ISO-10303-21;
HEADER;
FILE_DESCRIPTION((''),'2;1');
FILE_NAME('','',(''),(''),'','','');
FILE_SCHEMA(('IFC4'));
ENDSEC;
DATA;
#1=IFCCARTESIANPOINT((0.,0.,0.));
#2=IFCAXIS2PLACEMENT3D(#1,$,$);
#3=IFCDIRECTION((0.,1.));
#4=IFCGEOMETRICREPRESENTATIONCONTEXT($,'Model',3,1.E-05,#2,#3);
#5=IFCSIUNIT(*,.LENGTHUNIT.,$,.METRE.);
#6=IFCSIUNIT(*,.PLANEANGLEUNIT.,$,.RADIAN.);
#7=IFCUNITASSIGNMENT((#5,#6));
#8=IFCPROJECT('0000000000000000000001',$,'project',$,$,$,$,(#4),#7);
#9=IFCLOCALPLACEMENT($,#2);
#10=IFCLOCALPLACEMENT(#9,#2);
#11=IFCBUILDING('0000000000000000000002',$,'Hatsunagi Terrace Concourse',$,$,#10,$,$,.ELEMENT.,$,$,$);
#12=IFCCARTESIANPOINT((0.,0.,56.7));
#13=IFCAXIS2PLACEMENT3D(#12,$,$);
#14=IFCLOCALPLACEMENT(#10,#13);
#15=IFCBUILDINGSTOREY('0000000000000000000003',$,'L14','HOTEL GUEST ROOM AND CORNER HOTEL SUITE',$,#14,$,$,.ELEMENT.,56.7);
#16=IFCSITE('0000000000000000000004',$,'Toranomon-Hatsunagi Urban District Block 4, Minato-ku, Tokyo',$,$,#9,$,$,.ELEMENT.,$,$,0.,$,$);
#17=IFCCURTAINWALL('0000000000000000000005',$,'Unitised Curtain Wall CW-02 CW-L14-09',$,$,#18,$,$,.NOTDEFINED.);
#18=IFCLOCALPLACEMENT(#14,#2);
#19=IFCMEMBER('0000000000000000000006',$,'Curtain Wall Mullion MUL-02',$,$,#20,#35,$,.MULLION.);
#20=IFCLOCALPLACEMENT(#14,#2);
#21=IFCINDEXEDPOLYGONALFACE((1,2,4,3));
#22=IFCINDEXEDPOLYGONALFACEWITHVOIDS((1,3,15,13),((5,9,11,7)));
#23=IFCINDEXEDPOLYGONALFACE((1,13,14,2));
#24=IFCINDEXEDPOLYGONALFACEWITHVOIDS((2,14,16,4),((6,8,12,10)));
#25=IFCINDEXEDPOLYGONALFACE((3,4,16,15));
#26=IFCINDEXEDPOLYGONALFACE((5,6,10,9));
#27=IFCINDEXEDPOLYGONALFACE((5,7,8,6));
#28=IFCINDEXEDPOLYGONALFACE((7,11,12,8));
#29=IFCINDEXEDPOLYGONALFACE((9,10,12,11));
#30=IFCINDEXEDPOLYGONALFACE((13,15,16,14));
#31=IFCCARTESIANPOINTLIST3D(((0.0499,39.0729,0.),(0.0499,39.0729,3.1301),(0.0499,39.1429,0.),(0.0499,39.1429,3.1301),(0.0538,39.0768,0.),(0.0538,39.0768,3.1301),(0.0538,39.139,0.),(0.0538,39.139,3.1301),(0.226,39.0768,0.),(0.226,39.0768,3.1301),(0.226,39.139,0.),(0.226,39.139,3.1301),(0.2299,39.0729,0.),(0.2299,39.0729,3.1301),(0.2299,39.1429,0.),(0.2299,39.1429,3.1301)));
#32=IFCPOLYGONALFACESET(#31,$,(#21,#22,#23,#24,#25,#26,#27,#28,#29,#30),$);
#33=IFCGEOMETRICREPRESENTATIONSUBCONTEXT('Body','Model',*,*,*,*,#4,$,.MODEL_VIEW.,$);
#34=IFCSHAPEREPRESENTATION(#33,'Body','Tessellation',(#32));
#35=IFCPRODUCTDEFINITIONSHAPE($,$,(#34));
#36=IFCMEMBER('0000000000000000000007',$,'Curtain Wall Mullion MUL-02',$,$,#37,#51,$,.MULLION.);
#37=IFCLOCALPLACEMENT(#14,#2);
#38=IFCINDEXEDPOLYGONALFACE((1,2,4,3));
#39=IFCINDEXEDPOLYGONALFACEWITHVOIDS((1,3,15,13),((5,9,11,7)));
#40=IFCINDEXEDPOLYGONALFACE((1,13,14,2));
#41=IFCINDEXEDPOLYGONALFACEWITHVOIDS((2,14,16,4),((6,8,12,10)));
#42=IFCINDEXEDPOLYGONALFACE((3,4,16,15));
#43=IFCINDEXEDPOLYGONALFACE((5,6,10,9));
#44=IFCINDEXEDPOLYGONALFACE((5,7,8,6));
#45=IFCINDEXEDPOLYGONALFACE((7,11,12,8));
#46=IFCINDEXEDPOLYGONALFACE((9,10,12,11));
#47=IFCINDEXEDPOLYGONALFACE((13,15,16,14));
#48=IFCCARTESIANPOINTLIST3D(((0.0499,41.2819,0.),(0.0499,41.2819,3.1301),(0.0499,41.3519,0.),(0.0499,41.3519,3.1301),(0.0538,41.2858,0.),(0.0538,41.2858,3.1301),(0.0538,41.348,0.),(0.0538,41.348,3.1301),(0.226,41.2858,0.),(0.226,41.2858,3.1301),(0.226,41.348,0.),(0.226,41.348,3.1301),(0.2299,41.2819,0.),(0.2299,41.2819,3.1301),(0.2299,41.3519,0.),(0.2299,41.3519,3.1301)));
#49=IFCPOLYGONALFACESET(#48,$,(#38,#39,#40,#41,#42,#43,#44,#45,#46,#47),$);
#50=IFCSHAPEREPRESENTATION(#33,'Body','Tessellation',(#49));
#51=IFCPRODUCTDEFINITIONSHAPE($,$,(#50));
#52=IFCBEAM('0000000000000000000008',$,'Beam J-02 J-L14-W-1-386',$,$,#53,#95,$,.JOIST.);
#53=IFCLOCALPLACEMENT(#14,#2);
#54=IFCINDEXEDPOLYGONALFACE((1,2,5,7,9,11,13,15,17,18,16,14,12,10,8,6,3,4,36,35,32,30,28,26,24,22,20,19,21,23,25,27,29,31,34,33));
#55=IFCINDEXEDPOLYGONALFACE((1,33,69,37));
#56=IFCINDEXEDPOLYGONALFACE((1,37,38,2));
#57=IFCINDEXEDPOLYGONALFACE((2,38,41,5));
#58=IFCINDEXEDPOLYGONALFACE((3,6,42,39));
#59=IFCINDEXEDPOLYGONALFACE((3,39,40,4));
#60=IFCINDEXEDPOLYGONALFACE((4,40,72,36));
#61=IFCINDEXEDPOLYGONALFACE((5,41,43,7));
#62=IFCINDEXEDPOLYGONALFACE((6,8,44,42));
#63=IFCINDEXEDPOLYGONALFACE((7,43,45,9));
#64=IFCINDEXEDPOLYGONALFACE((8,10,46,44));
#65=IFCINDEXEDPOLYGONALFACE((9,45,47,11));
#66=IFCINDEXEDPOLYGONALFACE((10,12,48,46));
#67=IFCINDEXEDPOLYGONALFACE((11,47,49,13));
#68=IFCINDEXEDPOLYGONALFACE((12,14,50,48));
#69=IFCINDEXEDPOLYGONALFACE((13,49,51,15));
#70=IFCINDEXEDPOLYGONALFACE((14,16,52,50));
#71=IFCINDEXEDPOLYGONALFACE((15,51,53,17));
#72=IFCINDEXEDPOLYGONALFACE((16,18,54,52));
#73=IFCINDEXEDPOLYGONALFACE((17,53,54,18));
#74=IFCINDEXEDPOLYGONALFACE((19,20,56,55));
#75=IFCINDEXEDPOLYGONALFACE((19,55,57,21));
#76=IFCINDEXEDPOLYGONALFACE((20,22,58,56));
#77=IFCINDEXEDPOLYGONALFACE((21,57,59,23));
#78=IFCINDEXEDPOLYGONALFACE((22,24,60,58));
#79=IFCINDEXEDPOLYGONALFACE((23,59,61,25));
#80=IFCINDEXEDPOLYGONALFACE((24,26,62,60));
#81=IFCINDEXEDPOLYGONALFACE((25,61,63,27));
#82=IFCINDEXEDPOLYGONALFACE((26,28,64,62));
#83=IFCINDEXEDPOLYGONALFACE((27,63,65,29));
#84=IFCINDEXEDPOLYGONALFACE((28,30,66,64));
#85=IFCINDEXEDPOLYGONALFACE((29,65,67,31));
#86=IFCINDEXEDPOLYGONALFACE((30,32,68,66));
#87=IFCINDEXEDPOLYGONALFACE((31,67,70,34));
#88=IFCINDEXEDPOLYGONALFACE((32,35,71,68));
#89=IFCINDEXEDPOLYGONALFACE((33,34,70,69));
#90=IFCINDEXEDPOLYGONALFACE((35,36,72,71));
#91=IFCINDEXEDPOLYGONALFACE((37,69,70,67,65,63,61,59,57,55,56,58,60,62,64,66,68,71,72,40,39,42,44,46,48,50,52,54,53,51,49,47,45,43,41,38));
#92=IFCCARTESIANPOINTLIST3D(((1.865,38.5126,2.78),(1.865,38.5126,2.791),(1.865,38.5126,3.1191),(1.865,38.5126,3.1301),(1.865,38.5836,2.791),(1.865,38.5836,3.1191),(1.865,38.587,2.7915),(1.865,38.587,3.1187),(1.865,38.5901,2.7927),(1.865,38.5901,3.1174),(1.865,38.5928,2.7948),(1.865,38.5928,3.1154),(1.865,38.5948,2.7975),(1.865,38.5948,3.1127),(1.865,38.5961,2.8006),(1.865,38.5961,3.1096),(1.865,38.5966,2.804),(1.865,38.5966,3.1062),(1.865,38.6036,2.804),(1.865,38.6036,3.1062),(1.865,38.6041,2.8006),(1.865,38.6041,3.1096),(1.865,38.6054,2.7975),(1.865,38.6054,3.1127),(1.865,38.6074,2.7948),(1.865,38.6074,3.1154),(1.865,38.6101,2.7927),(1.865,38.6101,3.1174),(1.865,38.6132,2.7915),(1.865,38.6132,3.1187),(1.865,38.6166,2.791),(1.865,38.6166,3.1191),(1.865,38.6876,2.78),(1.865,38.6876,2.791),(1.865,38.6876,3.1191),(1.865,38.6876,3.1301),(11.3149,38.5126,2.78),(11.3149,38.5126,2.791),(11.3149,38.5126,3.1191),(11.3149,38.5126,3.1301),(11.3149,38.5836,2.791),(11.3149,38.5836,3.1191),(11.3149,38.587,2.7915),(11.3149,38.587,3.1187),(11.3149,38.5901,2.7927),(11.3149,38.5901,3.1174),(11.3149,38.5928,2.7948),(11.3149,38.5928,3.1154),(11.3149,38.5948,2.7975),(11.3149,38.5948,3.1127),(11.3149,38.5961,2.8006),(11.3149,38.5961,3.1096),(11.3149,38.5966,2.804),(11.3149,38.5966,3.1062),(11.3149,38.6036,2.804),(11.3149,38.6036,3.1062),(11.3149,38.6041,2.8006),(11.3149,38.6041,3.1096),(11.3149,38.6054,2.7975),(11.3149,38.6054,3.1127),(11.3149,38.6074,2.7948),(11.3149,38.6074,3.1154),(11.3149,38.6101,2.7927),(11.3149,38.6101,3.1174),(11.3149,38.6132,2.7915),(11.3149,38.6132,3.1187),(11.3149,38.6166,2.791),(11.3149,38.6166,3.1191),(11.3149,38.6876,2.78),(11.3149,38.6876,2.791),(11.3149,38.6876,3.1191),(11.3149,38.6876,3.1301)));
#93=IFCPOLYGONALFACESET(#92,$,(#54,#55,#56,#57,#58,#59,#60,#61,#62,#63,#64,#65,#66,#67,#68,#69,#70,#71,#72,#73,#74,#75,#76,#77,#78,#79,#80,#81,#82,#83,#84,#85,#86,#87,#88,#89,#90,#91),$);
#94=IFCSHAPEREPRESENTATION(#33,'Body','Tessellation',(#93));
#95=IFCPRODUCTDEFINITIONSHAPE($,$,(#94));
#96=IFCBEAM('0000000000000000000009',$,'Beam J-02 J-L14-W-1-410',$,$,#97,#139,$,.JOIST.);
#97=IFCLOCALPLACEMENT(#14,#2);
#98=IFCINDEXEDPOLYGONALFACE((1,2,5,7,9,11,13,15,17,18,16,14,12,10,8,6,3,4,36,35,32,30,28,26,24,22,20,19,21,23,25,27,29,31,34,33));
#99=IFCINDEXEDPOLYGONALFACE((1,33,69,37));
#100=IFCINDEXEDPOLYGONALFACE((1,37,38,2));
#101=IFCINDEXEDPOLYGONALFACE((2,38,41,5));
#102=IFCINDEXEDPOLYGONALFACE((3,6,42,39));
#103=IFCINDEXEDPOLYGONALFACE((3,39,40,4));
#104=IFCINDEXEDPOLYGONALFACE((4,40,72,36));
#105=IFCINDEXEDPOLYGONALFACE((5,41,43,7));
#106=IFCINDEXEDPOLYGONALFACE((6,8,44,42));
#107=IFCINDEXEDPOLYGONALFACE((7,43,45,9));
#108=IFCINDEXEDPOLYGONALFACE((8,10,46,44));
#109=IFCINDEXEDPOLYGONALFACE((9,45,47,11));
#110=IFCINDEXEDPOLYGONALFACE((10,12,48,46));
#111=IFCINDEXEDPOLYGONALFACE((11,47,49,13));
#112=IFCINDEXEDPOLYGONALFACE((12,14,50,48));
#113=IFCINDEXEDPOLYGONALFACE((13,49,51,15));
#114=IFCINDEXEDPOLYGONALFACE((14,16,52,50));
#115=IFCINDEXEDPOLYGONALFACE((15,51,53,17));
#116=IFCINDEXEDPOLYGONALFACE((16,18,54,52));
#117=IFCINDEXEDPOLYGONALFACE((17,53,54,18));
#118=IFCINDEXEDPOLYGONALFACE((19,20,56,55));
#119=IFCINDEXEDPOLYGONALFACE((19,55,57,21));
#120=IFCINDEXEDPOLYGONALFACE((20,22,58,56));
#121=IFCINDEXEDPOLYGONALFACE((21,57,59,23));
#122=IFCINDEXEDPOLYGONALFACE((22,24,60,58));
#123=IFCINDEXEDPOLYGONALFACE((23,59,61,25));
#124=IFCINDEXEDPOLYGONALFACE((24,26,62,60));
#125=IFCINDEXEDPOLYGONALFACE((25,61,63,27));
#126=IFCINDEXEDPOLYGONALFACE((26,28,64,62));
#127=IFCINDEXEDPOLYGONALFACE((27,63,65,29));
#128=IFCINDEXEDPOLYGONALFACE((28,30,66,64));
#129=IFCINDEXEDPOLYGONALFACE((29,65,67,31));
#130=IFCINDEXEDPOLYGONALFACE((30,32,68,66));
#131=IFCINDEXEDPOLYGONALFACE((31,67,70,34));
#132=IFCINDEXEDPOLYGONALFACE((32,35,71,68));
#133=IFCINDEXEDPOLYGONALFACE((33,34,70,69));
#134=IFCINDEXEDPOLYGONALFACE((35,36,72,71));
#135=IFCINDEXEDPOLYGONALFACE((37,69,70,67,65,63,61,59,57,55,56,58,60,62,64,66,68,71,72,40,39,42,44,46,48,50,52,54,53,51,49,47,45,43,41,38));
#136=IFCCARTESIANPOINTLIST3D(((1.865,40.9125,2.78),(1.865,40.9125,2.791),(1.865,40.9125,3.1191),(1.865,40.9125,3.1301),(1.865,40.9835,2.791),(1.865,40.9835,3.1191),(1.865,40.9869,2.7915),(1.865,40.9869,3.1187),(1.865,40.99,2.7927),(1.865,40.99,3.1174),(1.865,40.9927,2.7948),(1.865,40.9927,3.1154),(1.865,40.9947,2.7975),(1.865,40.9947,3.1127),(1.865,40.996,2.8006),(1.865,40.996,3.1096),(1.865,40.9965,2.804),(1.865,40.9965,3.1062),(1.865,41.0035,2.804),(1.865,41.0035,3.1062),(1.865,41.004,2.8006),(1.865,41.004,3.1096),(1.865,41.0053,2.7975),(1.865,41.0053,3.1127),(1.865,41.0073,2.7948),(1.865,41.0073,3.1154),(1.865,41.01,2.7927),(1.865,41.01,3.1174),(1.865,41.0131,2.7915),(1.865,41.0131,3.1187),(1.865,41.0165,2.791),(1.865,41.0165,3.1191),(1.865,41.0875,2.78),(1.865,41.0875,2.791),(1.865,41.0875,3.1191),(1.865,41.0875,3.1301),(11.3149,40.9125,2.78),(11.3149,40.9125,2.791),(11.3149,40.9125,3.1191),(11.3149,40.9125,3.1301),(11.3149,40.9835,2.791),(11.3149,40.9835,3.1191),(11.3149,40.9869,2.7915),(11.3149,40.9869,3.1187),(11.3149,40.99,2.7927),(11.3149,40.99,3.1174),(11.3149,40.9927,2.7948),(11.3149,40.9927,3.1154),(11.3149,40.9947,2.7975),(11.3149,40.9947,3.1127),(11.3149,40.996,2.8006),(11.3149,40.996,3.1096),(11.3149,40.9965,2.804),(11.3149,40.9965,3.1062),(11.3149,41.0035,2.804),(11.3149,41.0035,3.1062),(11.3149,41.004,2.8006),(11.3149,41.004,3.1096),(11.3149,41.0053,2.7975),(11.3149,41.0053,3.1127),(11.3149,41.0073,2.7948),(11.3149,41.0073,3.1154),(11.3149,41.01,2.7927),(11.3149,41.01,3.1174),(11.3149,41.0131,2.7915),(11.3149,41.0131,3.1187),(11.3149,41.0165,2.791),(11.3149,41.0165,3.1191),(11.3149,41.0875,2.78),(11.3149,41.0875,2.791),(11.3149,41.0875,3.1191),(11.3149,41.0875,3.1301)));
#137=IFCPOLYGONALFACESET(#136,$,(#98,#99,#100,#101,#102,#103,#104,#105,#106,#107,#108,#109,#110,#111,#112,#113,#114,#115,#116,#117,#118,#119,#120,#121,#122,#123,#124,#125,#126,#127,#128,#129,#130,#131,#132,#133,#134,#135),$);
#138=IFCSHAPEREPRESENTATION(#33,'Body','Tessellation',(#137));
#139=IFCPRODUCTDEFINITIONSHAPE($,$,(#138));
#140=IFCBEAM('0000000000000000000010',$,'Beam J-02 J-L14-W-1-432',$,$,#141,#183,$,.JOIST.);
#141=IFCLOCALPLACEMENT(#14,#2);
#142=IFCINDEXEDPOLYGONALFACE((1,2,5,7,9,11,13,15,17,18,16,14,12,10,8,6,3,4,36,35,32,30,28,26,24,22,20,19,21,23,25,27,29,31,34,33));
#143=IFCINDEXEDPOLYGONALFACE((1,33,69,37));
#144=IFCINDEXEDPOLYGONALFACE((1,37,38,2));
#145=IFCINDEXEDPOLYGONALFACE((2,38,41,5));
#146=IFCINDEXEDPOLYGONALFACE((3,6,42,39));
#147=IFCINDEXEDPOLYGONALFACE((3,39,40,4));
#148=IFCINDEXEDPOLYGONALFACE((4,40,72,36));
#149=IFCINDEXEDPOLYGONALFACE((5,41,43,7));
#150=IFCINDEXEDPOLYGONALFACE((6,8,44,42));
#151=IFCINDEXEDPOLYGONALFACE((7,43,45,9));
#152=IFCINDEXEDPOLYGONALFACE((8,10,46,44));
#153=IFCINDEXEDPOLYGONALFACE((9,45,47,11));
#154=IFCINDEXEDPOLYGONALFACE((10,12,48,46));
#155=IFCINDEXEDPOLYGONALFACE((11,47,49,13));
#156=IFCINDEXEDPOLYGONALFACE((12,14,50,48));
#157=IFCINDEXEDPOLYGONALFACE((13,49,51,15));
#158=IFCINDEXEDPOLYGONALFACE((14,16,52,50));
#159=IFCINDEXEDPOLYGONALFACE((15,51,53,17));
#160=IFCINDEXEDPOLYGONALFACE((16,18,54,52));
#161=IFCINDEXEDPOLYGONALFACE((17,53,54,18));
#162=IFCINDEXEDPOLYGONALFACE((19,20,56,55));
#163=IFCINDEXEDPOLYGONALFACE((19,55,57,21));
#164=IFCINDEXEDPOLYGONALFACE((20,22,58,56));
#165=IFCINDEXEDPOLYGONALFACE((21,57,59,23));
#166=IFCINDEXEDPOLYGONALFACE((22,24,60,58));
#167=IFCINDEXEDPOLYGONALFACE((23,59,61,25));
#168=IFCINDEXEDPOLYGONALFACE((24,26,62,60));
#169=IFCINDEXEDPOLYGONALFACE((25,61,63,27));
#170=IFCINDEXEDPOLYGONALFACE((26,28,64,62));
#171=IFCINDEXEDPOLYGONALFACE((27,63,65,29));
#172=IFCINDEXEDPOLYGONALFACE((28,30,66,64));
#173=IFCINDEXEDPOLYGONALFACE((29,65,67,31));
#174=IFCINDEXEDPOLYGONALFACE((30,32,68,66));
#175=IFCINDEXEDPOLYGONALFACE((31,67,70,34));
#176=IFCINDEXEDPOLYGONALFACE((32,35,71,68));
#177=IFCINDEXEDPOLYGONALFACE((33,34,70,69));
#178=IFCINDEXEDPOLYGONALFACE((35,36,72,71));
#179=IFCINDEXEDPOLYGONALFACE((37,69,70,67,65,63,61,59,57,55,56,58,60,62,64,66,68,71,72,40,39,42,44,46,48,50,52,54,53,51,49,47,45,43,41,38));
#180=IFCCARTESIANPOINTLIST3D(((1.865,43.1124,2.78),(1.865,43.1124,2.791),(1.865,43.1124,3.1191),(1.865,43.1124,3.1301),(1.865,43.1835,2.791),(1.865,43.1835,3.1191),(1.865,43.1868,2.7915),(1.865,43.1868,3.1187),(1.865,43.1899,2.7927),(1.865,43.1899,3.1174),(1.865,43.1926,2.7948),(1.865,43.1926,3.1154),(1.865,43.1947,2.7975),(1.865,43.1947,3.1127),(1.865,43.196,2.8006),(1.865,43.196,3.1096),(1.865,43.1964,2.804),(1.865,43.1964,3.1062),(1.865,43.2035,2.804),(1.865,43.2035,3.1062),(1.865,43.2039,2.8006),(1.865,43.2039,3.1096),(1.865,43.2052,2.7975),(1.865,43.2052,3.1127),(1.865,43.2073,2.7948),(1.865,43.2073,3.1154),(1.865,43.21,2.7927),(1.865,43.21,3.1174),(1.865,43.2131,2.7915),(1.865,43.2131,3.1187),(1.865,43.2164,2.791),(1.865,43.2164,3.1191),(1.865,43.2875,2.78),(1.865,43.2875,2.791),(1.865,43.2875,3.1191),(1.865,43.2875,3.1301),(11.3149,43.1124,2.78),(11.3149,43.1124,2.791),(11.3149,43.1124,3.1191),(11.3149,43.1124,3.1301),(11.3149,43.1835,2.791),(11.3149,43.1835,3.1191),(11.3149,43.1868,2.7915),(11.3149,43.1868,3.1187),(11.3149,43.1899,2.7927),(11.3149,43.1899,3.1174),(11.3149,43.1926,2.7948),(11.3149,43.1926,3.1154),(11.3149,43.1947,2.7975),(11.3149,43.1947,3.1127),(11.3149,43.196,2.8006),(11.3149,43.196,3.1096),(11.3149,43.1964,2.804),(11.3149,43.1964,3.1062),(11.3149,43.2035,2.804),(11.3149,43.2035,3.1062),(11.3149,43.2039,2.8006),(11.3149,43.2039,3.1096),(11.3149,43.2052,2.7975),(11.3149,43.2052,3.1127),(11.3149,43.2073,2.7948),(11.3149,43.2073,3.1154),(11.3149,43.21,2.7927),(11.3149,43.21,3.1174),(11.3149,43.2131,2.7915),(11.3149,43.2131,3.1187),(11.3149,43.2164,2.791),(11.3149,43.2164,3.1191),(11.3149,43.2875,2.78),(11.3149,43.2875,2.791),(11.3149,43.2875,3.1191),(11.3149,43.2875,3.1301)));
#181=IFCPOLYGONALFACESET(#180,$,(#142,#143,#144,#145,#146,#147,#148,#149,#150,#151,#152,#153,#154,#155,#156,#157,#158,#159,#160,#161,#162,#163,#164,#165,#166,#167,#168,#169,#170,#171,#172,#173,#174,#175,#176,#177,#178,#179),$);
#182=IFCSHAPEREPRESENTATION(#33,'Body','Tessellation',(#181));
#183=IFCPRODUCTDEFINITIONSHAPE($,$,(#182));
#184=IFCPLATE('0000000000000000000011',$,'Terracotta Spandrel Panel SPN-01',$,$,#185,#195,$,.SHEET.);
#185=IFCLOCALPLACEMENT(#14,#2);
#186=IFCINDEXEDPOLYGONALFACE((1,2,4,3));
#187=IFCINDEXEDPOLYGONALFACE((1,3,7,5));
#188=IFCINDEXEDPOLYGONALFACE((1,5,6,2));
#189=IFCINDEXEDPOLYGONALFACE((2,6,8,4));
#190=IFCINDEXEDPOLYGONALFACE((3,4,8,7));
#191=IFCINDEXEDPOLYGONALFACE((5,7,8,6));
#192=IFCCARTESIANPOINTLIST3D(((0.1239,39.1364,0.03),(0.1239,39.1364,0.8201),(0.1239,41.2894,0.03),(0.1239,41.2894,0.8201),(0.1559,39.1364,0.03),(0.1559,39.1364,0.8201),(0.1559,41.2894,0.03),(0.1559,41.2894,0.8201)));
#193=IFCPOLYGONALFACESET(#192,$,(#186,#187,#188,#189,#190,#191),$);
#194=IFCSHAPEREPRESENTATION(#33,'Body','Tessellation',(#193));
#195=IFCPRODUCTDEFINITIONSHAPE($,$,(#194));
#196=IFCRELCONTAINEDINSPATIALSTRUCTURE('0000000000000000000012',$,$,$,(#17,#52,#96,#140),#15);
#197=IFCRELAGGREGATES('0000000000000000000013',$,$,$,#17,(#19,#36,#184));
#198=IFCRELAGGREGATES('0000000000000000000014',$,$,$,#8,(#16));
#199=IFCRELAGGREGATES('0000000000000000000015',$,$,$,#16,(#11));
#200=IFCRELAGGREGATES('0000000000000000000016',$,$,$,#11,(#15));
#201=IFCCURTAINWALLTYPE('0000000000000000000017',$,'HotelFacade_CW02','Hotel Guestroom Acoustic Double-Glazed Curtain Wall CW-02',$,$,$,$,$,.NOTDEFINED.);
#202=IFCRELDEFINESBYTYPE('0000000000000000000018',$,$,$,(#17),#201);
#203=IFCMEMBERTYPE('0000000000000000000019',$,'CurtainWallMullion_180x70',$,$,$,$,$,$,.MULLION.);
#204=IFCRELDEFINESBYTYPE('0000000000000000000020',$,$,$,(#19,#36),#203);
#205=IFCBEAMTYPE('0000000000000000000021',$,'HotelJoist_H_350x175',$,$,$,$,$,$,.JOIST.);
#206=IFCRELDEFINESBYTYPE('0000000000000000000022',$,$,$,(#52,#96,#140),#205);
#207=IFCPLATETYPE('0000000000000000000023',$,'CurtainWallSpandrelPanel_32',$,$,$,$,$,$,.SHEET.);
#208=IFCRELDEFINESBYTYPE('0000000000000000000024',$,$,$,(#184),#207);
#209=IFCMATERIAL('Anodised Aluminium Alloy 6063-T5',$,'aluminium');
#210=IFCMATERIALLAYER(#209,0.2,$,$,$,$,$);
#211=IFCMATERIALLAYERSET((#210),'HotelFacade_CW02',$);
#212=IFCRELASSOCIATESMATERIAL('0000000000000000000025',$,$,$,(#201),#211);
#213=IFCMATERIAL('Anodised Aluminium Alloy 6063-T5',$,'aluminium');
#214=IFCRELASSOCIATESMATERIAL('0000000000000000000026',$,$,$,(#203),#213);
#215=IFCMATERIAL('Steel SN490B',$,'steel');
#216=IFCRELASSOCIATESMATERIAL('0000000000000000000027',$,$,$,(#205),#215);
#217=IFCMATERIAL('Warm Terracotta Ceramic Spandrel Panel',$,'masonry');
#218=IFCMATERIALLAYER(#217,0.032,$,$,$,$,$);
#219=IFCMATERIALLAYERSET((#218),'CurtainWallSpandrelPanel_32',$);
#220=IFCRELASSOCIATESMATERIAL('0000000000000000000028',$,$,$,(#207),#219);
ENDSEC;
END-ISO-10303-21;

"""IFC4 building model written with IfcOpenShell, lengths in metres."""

from ifc_helpers import new_model, si_unit, direction, frame, origin, origin_2d, place, context, subcontext, project, spatial, rectangle, hollow_rectangle, i_section, extrude, material, layer, layer_set, material_profile, profile_set, type_object, element, aggregate, save


model = new_model("IFC4")

# Units and contexts
model_context = context("Model", 3, precision=1e-05, world=origin(), true_north=direction((0.0, 1.0)))
body_context = subcontext(model_context, "Body", "Model", "MODEL_VIEW")
ifc_project = project(units=[si_unit("LENGTHUNIT", "METRE"), si_unit("PLANEANGLEUNIT", "RADIAN")], contexts=[model_context])

# Site, building, storey
site_placement = place(None, origin())
site = spatial("IfcSite", under=ifc_project, at=site_placement, Name="Toranomon-Hatsunagi Urban District Block 4, Minato-ku, Tokyo", CompositionType="ELEMENT", RefElevation=0.0)
building_placement = place(site_placement, origin())
building = spatial("IfcBuilding", under=site, at=building_placement, Name="Hatsunagi Terrace Concourse", CompositionType="ELEMENT")
storey_placement = place(building_placement, frame((0.0, 0.0, 56.7)))
storey = spatial("IfcBuildingStorey", under=building, at=storey_placement, Name="L14", Description="HOTEL GUEST ROOM AND CORNER HOTEL SUITE", CompositionType="ELEMENT", Elevation=56.7)

# Curtain wall, members
ifc_material_1 = material(Name="Anodised Aluminium Alloy 6063-T5", Category="aluminium")
ifc_layer_1 = layer(ifc_material_1, 0.2)
ifc_layer_set_1 = layer_set([ifc_layer_1], Name="HotelFacade_CW02")
curtain_wall_type = type_object("IfcCurtainWallType", Name="HotelFacade_CW02", Description="Hotel Guestroom Acoustic Double-Glazed Curtain Wall CW-02", PredefinedType="NOTDEFINED", material=ifc_layer_set_1)
curtain_wall_placement = place(storey_placement, origin())
curtain_wall = element("IfcCurtainWall", 1, at=curtain_wall_placement, inside=storey, type_object=curtain_wall_type, Name="Unitised Curtain Wall CW-02 CW-L14-09", PredefinedType="NOTDEFINED")
ifc_material_2 = material(Name="Anodised Aluminium Alloy 6063-T5", Category="aluminium")
ifc_material_profile_1 = material_profile(ifc_material_2, hollow_rectangle(XDim=0.0701, YDim=0.1799, WallThickness=0.0039, at=origin_2d()), Name="ALU-MUL-180x70x4")
ifc_profile_set_1 = profile_set([ifc_material_profile_1], Name="Anodised Aluminium Alloy 6063-T5")
member_type = type_object("IfcMemberType", Name="CurtainWallMullion_180x70", PredefinedType="MULLION", material=ifc_profile_set_1)
member_1_placement = place(storey_placement, frame((0.1399, 39.1079, 0.0), z_axis=(0.0, 0.0, 1.0), x_axis=(0.0, 1.0, 0.0)))
member_1 = element("IfcMember", 2, at=member_1_placement, type_object=member_type, Name="Curtain Wall Mullion MUL-02", PredefinedType="MULLION", context=body_context, shape_type="SweptSolid", body=[
    extrude(hollow_rectangle(XDim=0.0701, YDim=0.1799, WallThickness=0.0039, at=origin_2d()), origin(), (0.0, 0.0, 1.0), 3.1301),
])
member_2_placement = place(storey_placement, frame((0.1399, 41.3169, 0.0), z_axis=(0.0, 0.0, 1.0), x_axis=(0.0, 1.0, 0.0)))
member_2 = element("IfcMember", 3, at=member_2_placement, type_object=member_type, Name="Curtain Wall Mullion MUL-02", PredefinedType="MULLION", context=body_context, shape_type="SweptSolid", body=[
    extrude(hollow_rectangle(XDim=0.0701, YDim=0.1799, WallThickness=0.0039, at=origin_2d()), origin(), (0.0, 0.0, 1.0), 3.1301),
])

# Beams
ifc_material_3 = material(Name="Steel SN490B", Category="steel")
ifc_material_profile_2 = material_profile(ifc_material_3, i_section(OverallWidth=0.175, OverallDepth=0.3501, WebThickness=0.0071, FlangeThickness=0.011, FilletRadius=0.0129, at=origin_2d()), Name="H-350x175x7x11")
ifc_profile_set_2 = profile_set([ifc_material_profile_2], Name="Steel SN490B")
beam_type = type_object("IfcBeamType", Name="HotelJoist_H_350x175", PredefinedType="JOIST", material=ifc_profile_set_2)
for number, where, z_axis, x_axis, name in (
    (4, (1.865, 38.6001, 2.9551), (1.0, 0.0, 0.0), (0.0, 1.0, 0.0), "Beam J-02 J-L14-W-1-386"),
    (5, (1.865, 41.0, 2.9551), (1.0, 0.0, 0.0), (0.0, 1.0, 0.0), "Beam J-02 J-L14-W-1-410"),
    (6, (1.865, 43.2, 2.9551), (1.0, 0.0, 0.0), (0.0, 1.0, 0.0), "Beam J-02 J-L14-W-1-432"),
):
    element("IfcBeam", number, at=place(storey_placement, frame(where, z_axis=z_axis, x_axis=x_axis)), inside=storey, type_object=beam_type, Name=name, PredefinedType="JOIST", context=body_context, shape_type="SweptSolid", body=[
        extrude(i_section(OverallWidth=0.175, OverallDepth=0.3501, WebThickness=0.0071, FlangeThickness=0.011, FilletRadius=0.0129, at=origin_2d()), origin(), (0.0, 0.0, 1.0), 9.45),
    ])

# Plate
ifc_material_4 = material(Name="Warm Terracotta Ceramic Spandrel Panel", Category="masonry")
ifc_layer_2 = layer(ifc_material_4, 0.032)
ifc_layer_set_2 = layer_set([ifc_layer_2], Name="CurtainWallSpandrelPanel_32")
plate_type_1 = type_object("IfcPlateType", Name="CurtainWallSpandrelPanel_32", PredefinedType="SHEET", material=ifc_layer_set_2)
plate_1_placement = place(storey_placement, frame((0.1399, 40.2129, 0.03), z_axis=(0.0, 0.0, 1.0), x_axis=(0.0, 1.0, 0.0)))
plate_1 = element("IfcPlate", 7, at=plate_1_placement, type_object=plate_type_1, Name="Terracotta Spandrel Panel SPN-01", PredefinedType="SHEET", context=body_context, shape_type="SweptSolid", body=[
    extrude(rectangle(XDim=2.1531, YDim=0.032, at=origin_2d()), origin(), (0.0, 0.0, 1.0), 0.79),
])
aggregate(curtain_wall, [member_1, member_2, plate_1])

save(model, "model.ifc")
